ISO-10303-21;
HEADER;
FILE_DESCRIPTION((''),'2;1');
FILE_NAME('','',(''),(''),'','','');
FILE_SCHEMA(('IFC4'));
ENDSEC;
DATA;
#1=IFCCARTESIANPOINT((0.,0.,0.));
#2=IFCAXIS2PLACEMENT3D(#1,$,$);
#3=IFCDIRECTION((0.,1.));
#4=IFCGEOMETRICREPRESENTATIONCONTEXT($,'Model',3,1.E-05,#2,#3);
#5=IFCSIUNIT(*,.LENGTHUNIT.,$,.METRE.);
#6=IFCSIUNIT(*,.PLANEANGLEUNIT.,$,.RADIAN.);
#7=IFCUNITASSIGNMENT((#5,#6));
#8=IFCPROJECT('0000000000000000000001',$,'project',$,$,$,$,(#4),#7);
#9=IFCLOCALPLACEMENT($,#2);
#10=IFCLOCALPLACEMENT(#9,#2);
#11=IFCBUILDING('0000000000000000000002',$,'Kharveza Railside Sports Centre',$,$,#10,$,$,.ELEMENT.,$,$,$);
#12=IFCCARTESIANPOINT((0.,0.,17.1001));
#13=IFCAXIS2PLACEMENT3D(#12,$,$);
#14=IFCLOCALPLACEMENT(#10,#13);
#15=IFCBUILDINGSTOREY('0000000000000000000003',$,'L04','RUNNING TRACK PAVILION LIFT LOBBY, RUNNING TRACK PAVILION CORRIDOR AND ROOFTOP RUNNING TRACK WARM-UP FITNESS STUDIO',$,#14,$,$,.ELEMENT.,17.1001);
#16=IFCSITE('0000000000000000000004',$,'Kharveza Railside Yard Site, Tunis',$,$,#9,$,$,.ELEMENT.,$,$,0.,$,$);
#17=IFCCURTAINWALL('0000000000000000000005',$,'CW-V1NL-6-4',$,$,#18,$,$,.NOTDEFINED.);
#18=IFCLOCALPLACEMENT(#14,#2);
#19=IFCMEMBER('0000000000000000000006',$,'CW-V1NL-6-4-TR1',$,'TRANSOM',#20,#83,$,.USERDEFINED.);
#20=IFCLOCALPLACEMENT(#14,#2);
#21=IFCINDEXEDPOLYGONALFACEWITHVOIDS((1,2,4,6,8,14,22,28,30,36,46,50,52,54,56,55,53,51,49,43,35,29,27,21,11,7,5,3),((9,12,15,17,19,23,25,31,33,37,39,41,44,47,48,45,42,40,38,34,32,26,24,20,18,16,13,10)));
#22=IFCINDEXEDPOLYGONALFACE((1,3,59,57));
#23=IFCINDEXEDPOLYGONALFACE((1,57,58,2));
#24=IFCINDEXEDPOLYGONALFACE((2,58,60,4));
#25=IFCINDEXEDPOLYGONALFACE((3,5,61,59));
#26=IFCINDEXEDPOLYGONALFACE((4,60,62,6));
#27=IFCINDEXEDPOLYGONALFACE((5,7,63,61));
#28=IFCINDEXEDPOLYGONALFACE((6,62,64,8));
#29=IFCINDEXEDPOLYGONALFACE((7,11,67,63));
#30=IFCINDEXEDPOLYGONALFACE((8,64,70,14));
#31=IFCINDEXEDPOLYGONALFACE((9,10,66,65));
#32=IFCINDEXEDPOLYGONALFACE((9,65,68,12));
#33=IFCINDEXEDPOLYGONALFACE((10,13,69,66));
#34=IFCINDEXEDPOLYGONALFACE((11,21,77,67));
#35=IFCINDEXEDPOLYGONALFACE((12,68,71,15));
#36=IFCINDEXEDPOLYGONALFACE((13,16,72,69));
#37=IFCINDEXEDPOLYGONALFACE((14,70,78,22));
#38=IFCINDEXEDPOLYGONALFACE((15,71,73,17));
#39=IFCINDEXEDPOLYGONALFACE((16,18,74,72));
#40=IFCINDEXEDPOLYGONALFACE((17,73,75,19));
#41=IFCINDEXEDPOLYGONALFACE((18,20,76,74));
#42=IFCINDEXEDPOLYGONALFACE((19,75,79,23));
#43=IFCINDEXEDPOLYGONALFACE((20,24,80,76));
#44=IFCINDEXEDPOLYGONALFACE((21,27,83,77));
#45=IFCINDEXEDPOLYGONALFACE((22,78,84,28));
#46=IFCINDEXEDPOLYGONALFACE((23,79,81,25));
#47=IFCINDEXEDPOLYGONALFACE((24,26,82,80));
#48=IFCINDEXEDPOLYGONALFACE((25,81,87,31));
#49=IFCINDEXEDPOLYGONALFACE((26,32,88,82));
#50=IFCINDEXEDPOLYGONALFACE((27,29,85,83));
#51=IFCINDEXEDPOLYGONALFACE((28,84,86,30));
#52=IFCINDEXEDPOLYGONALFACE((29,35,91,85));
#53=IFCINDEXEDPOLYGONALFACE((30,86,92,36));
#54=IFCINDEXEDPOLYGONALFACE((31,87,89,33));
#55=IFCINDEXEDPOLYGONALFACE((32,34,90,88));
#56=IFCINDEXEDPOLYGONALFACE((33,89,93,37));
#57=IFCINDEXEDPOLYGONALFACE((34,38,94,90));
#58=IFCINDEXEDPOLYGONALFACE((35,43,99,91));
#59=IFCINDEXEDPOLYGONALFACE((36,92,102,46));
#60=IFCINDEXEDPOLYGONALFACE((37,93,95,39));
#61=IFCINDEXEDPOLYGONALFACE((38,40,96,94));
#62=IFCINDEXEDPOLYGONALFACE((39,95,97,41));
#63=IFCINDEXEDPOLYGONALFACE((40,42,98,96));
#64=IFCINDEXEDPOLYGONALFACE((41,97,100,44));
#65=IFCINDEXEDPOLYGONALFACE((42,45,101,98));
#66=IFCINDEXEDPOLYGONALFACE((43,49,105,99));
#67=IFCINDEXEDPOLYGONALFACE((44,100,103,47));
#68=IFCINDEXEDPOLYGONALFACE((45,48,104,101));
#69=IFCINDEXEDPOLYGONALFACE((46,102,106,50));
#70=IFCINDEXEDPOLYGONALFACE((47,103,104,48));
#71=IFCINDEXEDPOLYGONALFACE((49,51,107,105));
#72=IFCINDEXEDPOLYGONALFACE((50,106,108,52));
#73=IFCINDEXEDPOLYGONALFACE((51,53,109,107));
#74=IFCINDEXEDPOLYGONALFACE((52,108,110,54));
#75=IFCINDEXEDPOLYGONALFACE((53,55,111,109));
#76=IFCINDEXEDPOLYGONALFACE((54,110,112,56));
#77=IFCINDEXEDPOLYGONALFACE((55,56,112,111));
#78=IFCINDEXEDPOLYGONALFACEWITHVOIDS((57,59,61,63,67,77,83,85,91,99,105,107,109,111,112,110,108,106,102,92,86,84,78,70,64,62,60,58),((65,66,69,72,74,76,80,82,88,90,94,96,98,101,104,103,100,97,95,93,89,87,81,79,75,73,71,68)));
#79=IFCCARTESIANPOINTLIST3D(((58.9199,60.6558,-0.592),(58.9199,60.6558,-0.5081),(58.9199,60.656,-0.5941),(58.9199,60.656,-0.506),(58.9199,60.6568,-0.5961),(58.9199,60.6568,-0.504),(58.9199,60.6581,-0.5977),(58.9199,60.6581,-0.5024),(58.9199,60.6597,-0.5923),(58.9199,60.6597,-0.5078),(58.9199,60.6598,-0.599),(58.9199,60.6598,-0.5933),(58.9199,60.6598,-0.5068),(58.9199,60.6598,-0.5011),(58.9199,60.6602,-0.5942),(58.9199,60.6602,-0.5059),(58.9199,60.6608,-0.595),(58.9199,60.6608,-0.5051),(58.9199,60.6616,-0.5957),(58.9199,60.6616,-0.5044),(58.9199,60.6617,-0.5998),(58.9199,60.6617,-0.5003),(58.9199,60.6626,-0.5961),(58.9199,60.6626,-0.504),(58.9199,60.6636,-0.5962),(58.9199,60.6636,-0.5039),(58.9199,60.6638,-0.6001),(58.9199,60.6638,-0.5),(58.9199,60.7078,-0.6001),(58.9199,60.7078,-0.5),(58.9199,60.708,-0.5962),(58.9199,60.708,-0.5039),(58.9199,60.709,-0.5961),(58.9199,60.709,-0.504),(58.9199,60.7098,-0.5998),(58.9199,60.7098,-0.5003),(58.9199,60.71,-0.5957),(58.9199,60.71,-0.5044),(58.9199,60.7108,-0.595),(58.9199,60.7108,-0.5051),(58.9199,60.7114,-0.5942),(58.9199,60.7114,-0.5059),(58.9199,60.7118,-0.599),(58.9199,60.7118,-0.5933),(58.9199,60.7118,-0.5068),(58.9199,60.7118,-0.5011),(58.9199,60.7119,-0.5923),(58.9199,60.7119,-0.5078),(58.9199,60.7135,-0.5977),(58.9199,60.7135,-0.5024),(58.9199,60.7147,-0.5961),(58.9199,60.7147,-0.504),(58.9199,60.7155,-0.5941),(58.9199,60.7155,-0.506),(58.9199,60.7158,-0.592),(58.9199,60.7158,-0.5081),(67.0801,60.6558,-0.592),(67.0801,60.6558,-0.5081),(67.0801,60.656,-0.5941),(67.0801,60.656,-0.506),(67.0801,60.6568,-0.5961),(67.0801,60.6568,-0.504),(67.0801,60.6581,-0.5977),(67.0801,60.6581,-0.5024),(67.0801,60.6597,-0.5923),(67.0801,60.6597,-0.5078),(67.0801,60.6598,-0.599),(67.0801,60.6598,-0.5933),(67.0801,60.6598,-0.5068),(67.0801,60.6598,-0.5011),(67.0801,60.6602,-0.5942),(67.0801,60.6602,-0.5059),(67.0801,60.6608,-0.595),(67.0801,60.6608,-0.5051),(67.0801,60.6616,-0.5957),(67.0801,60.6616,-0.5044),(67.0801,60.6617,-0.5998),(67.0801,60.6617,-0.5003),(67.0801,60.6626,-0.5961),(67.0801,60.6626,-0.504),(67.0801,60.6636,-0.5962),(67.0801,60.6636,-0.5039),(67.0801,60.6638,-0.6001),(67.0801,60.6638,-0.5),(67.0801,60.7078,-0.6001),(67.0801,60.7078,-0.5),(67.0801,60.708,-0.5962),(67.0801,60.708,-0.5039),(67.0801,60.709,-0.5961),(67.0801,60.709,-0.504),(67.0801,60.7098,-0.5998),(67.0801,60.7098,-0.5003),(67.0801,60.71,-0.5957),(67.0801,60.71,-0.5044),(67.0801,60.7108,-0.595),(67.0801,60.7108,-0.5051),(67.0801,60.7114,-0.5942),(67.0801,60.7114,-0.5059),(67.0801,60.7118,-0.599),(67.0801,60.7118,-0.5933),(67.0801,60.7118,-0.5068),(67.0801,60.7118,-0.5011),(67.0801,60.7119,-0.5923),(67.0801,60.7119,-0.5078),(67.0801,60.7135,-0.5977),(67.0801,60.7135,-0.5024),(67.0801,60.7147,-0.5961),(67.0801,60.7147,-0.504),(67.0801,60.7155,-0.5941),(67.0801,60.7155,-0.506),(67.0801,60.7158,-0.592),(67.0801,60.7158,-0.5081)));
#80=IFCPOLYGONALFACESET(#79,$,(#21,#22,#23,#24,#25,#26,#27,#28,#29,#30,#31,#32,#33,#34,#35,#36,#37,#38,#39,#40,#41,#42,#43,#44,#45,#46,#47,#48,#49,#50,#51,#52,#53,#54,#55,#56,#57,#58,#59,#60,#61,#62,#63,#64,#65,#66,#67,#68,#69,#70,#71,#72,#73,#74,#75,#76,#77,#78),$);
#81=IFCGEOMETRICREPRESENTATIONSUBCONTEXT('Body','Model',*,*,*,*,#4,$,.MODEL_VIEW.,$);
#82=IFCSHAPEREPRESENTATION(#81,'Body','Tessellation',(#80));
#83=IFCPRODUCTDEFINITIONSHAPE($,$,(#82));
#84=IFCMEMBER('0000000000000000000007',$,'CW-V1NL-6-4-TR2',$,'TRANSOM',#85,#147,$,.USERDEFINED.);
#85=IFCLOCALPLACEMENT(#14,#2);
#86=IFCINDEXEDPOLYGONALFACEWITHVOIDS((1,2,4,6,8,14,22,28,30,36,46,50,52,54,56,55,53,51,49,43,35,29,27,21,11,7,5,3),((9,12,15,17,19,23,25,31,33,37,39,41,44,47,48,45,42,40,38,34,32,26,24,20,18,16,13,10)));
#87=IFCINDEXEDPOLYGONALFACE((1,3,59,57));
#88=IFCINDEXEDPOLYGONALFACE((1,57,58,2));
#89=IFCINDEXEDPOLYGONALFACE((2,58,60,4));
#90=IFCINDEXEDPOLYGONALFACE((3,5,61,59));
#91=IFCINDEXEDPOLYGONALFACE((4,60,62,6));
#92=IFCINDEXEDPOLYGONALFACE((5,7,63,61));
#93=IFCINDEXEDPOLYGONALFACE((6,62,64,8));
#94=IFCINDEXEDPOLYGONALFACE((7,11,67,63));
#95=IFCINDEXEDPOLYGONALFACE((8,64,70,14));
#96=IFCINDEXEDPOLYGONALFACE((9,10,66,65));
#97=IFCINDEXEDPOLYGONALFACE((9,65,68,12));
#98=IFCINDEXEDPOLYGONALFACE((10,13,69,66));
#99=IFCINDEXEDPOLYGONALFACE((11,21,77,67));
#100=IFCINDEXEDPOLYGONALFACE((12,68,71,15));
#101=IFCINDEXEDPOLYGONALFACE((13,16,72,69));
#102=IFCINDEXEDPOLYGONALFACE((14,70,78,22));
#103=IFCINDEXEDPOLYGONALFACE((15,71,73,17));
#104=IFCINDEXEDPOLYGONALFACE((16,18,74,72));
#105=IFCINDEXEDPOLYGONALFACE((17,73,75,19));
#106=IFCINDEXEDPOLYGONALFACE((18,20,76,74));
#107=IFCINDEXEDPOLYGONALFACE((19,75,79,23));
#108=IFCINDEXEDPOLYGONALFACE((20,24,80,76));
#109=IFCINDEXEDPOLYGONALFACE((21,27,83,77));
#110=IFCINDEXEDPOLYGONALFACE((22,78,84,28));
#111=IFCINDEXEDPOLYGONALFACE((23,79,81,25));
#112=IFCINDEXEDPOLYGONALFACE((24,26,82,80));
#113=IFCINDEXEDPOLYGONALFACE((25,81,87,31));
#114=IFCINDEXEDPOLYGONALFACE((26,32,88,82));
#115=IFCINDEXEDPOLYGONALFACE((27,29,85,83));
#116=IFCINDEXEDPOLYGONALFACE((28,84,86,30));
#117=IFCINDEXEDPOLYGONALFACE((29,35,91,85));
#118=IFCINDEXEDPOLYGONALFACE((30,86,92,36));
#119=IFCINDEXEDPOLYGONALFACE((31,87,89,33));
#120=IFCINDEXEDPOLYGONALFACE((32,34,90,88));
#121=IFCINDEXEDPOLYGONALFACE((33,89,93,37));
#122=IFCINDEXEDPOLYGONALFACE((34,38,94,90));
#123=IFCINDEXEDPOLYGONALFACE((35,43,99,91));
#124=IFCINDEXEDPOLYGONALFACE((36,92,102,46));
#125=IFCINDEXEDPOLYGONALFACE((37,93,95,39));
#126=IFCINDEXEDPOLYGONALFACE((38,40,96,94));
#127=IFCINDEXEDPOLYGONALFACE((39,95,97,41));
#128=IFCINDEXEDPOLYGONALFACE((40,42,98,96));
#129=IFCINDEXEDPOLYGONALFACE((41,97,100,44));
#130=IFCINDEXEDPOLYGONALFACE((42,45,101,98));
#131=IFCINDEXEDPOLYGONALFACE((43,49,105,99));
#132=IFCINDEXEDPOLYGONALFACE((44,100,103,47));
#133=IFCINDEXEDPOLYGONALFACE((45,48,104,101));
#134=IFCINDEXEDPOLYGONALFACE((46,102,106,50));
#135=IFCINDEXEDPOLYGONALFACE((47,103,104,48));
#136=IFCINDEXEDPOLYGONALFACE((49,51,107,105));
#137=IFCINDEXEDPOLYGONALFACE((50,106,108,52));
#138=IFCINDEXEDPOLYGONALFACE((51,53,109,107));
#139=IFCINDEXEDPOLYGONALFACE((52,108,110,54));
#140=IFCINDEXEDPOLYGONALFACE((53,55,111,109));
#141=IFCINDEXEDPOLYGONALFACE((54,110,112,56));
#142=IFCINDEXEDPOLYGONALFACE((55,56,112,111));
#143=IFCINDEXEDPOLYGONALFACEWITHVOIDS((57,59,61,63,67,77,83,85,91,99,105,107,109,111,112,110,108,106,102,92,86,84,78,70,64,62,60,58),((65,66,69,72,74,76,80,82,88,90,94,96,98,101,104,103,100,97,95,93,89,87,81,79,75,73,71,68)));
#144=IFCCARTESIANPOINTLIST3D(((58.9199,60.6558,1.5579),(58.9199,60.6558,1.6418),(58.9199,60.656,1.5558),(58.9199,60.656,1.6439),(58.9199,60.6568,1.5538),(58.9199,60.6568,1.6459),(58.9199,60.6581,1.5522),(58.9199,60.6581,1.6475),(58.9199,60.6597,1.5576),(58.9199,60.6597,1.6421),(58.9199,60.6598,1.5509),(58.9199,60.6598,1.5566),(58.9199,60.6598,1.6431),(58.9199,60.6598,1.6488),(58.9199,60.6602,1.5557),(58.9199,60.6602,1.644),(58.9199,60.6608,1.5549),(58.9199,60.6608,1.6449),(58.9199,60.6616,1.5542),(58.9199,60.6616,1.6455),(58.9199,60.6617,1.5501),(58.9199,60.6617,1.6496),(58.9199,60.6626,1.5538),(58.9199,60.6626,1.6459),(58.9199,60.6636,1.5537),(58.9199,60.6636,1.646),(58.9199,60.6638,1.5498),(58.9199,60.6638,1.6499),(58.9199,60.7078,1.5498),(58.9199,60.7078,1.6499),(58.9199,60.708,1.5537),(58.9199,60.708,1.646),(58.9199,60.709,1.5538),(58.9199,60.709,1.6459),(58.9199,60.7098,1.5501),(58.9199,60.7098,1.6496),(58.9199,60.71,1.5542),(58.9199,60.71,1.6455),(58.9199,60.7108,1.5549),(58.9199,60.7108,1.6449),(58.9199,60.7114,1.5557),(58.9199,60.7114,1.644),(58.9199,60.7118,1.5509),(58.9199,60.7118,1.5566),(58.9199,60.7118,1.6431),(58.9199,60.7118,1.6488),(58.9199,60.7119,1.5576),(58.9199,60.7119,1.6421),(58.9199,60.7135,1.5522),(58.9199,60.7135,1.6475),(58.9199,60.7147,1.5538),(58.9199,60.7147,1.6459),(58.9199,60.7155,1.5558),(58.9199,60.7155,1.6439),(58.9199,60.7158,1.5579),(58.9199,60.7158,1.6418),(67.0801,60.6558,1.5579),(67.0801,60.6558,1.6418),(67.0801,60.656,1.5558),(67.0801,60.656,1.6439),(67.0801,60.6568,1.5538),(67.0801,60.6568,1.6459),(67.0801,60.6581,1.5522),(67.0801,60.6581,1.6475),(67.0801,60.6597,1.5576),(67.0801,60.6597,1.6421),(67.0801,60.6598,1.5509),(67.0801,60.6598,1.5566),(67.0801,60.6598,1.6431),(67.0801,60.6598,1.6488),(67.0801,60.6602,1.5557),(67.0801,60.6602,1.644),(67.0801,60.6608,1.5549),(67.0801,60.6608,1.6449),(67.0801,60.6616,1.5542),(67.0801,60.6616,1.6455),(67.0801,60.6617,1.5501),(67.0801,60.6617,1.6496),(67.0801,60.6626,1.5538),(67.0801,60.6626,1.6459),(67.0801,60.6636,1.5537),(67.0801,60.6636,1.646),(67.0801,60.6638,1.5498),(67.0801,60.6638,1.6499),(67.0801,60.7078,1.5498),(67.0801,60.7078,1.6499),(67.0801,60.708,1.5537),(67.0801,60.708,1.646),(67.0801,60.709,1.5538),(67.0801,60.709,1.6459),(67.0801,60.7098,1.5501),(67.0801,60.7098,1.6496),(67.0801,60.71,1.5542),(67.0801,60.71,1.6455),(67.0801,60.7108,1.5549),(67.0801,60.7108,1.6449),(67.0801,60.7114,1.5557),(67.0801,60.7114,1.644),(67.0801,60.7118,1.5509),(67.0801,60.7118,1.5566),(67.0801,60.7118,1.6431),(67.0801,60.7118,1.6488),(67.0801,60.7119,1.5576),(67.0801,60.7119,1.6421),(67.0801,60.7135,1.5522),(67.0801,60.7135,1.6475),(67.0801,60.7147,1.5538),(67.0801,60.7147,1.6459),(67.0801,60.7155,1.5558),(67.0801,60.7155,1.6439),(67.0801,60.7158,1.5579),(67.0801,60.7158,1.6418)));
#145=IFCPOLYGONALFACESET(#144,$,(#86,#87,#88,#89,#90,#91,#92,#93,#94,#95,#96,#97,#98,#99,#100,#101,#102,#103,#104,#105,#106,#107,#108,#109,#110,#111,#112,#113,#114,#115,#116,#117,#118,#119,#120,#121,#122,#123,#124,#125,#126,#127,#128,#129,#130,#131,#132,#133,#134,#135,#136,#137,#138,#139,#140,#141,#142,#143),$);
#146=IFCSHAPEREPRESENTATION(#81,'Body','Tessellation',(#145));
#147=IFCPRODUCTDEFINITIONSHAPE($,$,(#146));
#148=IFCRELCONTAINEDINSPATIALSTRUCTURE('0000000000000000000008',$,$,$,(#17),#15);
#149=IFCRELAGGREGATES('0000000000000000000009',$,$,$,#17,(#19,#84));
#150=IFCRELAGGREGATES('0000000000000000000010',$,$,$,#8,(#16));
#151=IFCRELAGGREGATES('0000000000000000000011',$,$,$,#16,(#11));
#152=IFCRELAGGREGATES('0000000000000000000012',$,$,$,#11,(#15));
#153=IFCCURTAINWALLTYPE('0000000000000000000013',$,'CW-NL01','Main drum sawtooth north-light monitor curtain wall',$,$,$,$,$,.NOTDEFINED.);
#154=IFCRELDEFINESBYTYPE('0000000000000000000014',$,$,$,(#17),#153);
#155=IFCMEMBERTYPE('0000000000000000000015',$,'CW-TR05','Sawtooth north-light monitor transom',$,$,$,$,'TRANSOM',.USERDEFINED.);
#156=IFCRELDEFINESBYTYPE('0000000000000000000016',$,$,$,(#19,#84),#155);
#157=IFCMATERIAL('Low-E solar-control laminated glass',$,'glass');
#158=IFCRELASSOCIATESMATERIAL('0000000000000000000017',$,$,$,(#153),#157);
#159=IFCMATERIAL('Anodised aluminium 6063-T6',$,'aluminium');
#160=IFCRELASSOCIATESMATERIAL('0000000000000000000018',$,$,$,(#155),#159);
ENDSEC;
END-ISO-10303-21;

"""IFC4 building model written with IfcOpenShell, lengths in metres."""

from ifc_helpers import new_model, si_unit, direction, frame, origin, origin_2d, place, context, subcontext, project, spatial, hollow_rectangle, extrude, material, material_profile, profile_set, type_object, element, aggregate, save


model = new_model("IFC4")

# Units and contexts
model_context = context("Model", 3, precision=1e-05, world=origin(), true_north=direction((0.0, 1.0)))
body_context = subcontext(model_context, "Body", "Model", "MODEL_VIEW")
ifc_project = project(units=[si_unit("LENGTHUNIT", "METRE"), si_unit("PLANEANGLEUNIT", "RADIAN")], contexts=[model_context])

# Site, building, storey
site_placement = place(None, origin())
site = spatial("IfcSite", under=ifc_project, at=site_placement, Name="Kharveza Railside Yard Site, Tunis", CompositionType="ELEMENT", RefElevation=0.0)
building_placement = place(site_placement, origin())
building = spatial("IfcBuilding", under=site, at=building_placement, Name="Kharveza Railside Sports Centre", CompositionType="ELEMENT")
storey_placement = place(building_placement, frame((0.0, 0.0, 17.1001)))
storey = spatial("IfcBuildingStorey", under=building, at=storey_placement, Name="L04", Description="RUNNING TRACK PAVILION LIFT LOBBY, RUNNING TRACK PAVILION CORRIDOR AND ROOFTOP RUNNING TRACK WARM-UP FITNESS STUDIO", CompositionType="ELEMENT", Elevation=17.1001)

# Curtain wall
ifc_material_1 = material(Name="Low-E solar-control laminated glass", Category="glass")
curtain_wall_type = type_object("IfcCurtainWallType", Name="CW-NL01", Description="Main drum sawtooth north-light monitor curtain wall", PredefinedType="NOTDEFINED", material=ifc_material_1)
curtain_wall_1_placement = place(storey_placement, origin())
curtain_wall_1 = element("IfcCurtainWall", 1, at=curtain_wall_1_placement, inside=storey, type_object=curtain_wall_type, Name="CW-V1NL-6-4", PredefinedType="NOTDEFINED")
ifc_material_2 = material(Name="Anodised aluminium 6063-T6", Category="aluminium")

# Members
ifc_material_profile_1 = material_profile(ifc_material_2, hollow_rectangle(XDim=0.0601, YDim=0.1001, WallThickness=0.0039, InnerFilletRadius=0.0039, OuterFilletRadius=0.0081, at=origin_2d()), Name="RHS 60x100x4.0")
ifc_profile_set_1 = profile_set([ifc_material_profile_1], Name="Anodised aluminium 6063-T6")
member_type_1 = type_object("IfcMemberType", Name="CW-TR05", Description="Sawtooth north-light monitor transom", ElementType="TRANSOM", PredefinedType="USERDEFINED", material=ifc_profile_set_1)
member_1_placement = place(storey_placement, frame((58.9199, 60.6858, -0.55), z_axis=(1.0, 0.0, 0.0), x_axis=(0.0, 1.0, 0.0)))
member_1 = element("IfcMember", 2, at=member_1_placement, type_object=member_type_1, Name="CW-V1NL-6-4-TR1", ObjectType="TRANSOM", PredefinedType="USERDEFINED", context=body_context, shape_type="SweptSolid", body=[
    extrude(hollow_rectangle(XDim=0.0601, YDim=0.1001, WallThickness=0.0039, InnerFilletRadius=0.0039, OuterFilletRadius=0.0081, at=origin_2d()), origin(), (0.0, 0.0, 1.0), 8.1602),
])
member_2_placement = place(storey_placement, frame((58.9199, 60.6858, 1.5999), z_axis=(1.0, 0.0, 0.0), x_axis=(0.0, 1.0, 0.0)))
member_2 = element("IfcMember", 3, at=member_2_placement, type_object=member_type_1, Name="CW-V1NL-6-4-TR2", ObjectType="TRANSOM", PredefinedType="USERDEFINED", context=body_context, shape_type="SweptSolid", body=[
    extrude(hollow_rectangle(XDim=0.0601, YDim=0.1001, WallThickness=0.0039, InnerFilletRadius=0.0039, OuterFilletRadius=0.0081, at=origin_2d()), origin(), (0.0, 0.0, 1.0), 8.1602),
])

aggregate(curtain_wall_1, [member_1, member_2])

save(model, "model.ifc")
